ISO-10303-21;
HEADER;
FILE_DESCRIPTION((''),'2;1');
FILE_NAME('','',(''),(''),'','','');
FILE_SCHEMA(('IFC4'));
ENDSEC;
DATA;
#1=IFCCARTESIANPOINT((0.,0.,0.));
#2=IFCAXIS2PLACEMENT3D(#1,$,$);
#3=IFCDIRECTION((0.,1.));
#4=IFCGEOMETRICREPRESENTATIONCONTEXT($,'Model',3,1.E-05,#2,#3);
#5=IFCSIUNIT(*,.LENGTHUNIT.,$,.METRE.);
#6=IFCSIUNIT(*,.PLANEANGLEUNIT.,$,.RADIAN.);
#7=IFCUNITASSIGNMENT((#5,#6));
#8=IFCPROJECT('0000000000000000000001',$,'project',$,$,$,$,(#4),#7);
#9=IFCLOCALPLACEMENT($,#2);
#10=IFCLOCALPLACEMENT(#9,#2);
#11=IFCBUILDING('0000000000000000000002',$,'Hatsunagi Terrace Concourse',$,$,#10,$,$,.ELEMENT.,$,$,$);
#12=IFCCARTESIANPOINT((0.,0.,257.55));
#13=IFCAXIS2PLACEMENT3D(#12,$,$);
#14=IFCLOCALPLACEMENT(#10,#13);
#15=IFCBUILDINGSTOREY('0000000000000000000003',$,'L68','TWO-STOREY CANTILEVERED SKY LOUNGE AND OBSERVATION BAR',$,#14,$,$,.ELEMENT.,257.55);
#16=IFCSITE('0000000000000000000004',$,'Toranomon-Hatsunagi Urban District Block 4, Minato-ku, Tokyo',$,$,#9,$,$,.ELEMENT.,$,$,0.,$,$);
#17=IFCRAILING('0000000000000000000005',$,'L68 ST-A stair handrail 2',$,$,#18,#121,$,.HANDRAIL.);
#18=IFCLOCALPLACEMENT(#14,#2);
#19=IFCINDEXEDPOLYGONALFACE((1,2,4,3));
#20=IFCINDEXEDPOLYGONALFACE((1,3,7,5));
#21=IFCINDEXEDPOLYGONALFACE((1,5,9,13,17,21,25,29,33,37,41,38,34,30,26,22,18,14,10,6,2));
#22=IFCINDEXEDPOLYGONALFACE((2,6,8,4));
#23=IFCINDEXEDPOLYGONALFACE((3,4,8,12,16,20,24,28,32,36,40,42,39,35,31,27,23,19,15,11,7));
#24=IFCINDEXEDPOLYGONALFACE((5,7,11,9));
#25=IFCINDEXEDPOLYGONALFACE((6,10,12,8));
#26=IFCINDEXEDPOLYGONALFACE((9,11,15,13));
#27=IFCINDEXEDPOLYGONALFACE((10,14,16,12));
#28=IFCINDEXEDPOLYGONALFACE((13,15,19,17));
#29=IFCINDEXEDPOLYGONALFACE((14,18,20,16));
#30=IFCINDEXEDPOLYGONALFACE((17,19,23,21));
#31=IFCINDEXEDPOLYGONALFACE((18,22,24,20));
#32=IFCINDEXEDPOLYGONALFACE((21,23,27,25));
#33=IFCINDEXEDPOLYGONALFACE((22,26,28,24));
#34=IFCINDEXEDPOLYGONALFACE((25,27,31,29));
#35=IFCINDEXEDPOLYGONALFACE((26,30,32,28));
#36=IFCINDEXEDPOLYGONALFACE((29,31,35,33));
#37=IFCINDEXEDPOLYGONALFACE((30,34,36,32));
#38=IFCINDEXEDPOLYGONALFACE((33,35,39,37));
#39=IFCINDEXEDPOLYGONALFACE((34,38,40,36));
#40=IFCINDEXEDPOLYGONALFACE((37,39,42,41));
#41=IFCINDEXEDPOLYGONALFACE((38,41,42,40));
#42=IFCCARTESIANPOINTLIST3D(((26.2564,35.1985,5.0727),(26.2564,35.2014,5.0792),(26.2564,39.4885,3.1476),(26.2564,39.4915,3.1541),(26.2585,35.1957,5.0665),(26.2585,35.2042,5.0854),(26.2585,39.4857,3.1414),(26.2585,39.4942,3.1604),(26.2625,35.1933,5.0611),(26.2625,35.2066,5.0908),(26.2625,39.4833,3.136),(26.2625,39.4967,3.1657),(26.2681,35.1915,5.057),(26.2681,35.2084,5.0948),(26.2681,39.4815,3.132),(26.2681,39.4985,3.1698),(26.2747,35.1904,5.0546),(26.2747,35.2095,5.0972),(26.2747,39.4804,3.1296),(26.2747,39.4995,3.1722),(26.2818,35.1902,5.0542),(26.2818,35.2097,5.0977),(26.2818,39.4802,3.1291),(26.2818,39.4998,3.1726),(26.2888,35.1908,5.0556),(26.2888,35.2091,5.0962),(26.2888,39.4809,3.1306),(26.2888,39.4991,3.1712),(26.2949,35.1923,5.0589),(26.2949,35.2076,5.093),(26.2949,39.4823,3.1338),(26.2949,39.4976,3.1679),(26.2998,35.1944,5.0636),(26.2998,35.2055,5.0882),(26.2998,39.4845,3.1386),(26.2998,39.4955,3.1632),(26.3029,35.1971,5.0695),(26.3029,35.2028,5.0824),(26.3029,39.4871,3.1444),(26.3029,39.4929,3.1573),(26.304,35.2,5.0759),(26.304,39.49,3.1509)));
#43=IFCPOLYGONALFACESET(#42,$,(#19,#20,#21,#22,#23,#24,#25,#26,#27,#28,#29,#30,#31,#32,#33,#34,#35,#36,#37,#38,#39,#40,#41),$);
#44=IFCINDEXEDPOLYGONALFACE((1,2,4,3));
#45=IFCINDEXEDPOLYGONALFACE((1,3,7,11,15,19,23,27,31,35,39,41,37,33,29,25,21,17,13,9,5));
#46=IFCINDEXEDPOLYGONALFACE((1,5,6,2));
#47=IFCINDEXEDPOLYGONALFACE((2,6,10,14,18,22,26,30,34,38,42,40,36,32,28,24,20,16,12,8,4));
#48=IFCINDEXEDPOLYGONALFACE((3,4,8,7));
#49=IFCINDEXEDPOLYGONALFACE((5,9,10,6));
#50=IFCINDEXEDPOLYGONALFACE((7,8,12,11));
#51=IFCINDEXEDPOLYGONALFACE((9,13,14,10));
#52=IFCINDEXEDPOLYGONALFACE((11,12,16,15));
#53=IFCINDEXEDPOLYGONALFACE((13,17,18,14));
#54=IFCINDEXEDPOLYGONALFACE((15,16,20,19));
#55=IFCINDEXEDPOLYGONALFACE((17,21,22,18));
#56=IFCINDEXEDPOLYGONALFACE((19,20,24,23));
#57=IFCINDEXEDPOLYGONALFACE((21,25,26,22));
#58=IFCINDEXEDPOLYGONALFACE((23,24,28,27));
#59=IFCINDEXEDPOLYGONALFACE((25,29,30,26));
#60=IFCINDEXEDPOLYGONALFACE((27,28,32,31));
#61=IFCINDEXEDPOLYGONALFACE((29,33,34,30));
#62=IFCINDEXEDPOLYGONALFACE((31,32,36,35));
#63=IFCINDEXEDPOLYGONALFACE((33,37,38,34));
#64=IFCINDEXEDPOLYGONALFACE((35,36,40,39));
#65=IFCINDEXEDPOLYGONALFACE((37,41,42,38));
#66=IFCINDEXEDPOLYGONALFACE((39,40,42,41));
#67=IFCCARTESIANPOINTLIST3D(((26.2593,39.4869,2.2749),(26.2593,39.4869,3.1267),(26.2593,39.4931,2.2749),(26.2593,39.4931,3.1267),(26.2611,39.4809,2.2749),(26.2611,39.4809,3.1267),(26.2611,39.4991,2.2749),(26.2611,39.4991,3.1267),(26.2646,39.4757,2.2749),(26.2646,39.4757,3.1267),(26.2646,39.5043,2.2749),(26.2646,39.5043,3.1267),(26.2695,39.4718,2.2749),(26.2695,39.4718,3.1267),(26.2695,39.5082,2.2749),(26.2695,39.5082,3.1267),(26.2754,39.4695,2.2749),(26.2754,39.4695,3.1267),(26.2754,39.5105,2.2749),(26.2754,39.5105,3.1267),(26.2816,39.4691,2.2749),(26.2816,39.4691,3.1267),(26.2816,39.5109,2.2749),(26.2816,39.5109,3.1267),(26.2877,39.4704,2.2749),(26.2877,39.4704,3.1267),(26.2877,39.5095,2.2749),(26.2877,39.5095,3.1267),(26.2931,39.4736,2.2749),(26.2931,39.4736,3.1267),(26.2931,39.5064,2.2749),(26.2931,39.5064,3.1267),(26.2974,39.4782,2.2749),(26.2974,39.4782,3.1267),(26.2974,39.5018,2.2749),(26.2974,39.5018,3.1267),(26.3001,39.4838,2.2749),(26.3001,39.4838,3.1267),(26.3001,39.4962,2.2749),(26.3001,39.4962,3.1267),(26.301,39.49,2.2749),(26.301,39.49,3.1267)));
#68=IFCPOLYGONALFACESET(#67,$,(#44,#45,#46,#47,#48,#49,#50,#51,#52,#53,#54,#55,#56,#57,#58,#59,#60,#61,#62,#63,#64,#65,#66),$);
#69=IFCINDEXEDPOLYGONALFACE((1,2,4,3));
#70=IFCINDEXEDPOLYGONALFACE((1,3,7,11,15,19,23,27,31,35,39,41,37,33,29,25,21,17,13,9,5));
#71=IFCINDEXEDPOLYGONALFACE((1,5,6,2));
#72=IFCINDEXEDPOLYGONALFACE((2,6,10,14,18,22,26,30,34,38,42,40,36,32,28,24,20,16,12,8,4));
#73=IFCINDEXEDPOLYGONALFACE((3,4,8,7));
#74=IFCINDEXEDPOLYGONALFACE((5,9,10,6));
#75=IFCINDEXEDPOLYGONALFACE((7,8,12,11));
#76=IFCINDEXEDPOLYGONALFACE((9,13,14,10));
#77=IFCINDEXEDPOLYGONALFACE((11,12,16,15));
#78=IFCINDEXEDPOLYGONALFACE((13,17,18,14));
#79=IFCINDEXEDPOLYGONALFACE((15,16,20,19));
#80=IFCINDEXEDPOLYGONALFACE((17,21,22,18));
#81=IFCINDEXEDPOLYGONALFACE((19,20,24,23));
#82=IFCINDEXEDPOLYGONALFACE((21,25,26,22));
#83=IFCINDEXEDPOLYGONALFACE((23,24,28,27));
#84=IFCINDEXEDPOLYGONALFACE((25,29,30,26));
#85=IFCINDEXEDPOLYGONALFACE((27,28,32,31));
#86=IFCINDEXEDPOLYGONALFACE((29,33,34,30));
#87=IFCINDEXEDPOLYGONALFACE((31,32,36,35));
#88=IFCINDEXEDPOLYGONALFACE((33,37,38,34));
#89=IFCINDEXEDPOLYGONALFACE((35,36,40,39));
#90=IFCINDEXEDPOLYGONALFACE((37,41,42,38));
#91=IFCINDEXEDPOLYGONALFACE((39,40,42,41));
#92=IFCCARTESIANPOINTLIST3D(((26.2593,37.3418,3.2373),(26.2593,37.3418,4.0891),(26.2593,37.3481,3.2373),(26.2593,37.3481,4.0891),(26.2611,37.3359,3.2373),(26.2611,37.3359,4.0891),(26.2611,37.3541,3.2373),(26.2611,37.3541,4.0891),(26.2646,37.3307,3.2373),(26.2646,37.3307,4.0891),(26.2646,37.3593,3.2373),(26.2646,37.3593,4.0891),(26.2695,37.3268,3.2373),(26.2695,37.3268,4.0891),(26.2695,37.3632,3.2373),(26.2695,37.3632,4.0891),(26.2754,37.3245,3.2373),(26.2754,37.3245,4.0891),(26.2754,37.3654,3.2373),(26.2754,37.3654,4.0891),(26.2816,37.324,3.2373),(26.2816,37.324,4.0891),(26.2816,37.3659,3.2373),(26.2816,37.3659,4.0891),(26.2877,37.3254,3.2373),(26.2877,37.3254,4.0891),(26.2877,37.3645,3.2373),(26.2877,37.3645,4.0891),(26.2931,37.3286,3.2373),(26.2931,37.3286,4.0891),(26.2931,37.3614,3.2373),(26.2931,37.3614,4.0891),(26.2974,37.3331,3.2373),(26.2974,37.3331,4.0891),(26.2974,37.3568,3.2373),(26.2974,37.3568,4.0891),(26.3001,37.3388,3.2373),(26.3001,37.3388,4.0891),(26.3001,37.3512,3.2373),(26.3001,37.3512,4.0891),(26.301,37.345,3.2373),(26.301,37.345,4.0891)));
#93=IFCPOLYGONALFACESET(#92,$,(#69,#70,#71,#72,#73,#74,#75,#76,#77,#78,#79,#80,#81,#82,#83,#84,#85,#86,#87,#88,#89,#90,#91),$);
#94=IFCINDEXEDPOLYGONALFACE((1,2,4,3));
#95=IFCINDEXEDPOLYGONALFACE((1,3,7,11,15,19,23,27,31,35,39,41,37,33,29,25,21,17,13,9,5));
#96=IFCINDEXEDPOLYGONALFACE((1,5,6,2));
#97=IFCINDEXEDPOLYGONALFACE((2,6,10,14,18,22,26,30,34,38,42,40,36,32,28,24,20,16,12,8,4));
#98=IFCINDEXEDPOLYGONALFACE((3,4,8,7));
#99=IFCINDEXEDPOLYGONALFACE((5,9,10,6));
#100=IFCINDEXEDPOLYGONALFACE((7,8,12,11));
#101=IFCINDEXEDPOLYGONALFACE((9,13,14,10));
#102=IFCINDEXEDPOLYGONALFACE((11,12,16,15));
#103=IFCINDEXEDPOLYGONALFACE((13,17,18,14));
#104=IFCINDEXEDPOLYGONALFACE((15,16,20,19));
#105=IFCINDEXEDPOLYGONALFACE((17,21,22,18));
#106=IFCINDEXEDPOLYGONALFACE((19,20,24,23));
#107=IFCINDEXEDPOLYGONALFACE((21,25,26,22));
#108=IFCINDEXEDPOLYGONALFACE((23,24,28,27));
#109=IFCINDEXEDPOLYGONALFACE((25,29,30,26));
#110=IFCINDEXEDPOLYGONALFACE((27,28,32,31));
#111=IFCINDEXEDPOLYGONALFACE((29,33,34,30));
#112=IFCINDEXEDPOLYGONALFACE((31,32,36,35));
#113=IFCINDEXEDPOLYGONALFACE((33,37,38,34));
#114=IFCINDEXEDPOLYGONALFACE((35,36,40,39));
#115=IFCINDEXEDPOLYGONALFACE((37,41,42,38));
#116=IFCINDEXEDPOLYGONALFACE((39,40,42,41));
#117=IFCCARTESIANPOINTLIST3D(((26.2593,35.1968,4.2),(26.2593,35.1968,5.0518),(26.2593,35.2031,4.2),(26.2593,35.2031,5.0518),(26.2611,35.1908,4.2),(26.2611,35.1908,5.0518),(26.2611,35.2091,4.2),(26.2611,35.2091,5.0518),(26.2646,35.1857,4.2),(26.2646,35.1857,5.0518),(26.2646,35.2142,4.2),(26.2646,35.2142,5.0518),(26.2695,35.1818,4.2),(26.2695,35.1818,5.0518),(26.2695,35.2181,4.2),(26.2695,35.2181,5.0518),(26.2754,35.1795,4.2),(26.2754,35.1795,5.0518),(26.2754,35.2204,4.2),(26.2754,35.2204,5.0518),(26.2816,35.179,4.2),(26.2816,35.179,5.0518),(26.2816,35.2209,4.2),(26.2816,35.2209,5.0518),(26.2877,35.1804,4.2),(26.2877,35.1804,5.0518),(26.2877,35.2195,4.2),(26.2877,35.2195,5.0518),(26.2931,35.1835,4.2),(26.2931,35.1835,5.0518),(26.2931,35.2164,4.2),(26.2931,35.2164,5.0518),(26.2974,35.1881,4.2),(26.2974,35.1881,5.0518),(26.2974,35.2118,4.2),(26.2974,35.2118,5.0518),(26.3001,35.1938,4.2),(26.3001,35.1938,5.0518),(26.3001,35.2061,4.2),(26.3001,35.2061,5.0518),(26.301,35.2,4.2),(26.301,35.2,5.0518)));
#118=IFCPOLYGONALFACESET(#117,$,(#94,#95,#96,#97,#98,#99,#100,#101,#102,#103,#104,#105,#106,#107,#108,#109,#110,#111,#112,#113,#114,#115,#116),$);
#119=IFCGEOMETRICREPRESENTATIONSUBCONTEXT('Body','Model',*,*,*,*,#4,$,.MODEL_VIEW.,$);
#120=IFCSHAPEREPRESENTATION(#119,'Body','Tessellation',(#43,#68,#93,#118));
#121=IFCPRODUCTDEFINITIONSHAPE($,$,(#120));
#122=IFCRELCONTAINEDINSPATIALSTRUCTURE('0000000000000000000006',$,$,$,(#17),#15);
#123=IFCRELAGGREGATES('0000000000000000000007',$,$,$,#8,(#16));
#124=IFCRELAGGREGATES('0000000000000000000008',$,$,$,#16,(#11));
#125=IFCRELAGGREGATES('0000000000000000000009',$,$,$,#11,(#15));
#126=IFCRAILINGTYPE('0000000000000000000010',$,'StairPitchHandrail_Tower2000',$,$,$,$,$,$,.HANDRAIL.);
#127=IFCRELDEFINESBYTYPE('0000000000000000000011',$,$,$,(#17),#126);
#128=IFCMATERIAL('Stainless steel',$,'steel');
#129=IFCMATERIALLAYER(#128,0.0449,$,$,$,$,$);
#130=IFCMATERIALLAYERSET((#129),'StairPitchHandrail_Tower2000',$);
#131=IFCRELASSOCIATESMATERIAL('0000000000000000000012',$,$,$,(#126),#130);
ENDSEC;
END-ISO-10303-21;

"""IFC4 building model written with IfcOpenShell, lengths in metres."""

from ifc_helpers import new_model, si_unit, direction, frame, origin, origin_2d, place, context, subcontext, project, spatial, circle, extrude, material, layer, layer_set, type_object, element, save


model = new_model("IFC4")

# Units and contexts
model_context = context("Model", 3, precision=1e-05, world=origin(), true_north=direction((0.0, 1.0)))
body_context = subcontext(model_context, "Body", "Model", "MODEL_VIEW")
ifc_project = project(units=[si_unit("LENGTHUNIT", "METRE"), si_unit("PLANEANGLEUNIT", "RADIAN")], contexts=[model_context])

# Site, building, storey
site_placement = place(None, origin())
site = spatial("IfcSite", under=ifc_project, at=site_placement, Name="Toranomon-Hatsunagi Urban District Block 4, Minato-ku, Tokyo", CompositionType="ELEMENT", RefElevation=0.0)
building_placement = place(site_placement, origin())
building = spatial("IfcBuilding", under=site, at=building_placement, Name="Hatsunagi Terrace Concourse", CompositionType="ELEMENT")
storey_placement = place(building_placement, frame((0.0, 0.0, 257.55)))
storey = spatial("IfcBuildingStorey", under=building, at=storey_placement, Name="L68", Description="TWO-STOREY CANTILEVERED SKY LOUNGE AND OBSERVATION BAR", CompositionType="ELEMENT", Elevation=257.55)

# Railing
ifc_material_1 = material(Name="Stainless steel", Category="steel")
ifc_layer_1 = layer(ifc_material_1, 0.0449)
ifc_layer_set_1 = layer_set([ifc_layer_1], Name="StairPitchHandrail_Tower2000")
railing_type_1 = type_object("IfcRailingType", Name="StairPitchHandrail_Tower2000", PredefinedType="HANDRAIL", material=ifc_layer_set_1)
railing_1_placement = place(storey_placement, frame((26.28, 39.49, 2.2749)))
element("IfcRailing", 1, at=railing_1_placement, inside=storey, type_object=railing_type_1, Name="L68 ST-A stair handrail 2", PredefinedType="HANDRAIL", context=body_context, shape_type="SweptSolid", body=[
    extrude(circle(Radius=0.0239, at=origin_2d()), frame((0.0, 0.0, 0.876), z_axis=(0.0, -0.912356, 0.409397), x_axis=(1.0, 0.0, 0.0)), (0.0, 0.0, 1.0), 4.7021),
    extrude(circle(Radius=0.021, at=origin_2d()), origin(), (0.0, 0.0, 1.0), 0.8518),
    extrude(circle(Radius=0.021, at=origin_2d()), frame((0.0, -2.145, 0.9624)), (0.0, 0.0, 1.0), 0.8518),
    extrude(circle(Radius=0.021, at=origin_2d()), frame((0.0, -4.29, 1.925)), (0.0, 0.0, 1.0), 0.8518),
])

save(model, "model.ifc")
